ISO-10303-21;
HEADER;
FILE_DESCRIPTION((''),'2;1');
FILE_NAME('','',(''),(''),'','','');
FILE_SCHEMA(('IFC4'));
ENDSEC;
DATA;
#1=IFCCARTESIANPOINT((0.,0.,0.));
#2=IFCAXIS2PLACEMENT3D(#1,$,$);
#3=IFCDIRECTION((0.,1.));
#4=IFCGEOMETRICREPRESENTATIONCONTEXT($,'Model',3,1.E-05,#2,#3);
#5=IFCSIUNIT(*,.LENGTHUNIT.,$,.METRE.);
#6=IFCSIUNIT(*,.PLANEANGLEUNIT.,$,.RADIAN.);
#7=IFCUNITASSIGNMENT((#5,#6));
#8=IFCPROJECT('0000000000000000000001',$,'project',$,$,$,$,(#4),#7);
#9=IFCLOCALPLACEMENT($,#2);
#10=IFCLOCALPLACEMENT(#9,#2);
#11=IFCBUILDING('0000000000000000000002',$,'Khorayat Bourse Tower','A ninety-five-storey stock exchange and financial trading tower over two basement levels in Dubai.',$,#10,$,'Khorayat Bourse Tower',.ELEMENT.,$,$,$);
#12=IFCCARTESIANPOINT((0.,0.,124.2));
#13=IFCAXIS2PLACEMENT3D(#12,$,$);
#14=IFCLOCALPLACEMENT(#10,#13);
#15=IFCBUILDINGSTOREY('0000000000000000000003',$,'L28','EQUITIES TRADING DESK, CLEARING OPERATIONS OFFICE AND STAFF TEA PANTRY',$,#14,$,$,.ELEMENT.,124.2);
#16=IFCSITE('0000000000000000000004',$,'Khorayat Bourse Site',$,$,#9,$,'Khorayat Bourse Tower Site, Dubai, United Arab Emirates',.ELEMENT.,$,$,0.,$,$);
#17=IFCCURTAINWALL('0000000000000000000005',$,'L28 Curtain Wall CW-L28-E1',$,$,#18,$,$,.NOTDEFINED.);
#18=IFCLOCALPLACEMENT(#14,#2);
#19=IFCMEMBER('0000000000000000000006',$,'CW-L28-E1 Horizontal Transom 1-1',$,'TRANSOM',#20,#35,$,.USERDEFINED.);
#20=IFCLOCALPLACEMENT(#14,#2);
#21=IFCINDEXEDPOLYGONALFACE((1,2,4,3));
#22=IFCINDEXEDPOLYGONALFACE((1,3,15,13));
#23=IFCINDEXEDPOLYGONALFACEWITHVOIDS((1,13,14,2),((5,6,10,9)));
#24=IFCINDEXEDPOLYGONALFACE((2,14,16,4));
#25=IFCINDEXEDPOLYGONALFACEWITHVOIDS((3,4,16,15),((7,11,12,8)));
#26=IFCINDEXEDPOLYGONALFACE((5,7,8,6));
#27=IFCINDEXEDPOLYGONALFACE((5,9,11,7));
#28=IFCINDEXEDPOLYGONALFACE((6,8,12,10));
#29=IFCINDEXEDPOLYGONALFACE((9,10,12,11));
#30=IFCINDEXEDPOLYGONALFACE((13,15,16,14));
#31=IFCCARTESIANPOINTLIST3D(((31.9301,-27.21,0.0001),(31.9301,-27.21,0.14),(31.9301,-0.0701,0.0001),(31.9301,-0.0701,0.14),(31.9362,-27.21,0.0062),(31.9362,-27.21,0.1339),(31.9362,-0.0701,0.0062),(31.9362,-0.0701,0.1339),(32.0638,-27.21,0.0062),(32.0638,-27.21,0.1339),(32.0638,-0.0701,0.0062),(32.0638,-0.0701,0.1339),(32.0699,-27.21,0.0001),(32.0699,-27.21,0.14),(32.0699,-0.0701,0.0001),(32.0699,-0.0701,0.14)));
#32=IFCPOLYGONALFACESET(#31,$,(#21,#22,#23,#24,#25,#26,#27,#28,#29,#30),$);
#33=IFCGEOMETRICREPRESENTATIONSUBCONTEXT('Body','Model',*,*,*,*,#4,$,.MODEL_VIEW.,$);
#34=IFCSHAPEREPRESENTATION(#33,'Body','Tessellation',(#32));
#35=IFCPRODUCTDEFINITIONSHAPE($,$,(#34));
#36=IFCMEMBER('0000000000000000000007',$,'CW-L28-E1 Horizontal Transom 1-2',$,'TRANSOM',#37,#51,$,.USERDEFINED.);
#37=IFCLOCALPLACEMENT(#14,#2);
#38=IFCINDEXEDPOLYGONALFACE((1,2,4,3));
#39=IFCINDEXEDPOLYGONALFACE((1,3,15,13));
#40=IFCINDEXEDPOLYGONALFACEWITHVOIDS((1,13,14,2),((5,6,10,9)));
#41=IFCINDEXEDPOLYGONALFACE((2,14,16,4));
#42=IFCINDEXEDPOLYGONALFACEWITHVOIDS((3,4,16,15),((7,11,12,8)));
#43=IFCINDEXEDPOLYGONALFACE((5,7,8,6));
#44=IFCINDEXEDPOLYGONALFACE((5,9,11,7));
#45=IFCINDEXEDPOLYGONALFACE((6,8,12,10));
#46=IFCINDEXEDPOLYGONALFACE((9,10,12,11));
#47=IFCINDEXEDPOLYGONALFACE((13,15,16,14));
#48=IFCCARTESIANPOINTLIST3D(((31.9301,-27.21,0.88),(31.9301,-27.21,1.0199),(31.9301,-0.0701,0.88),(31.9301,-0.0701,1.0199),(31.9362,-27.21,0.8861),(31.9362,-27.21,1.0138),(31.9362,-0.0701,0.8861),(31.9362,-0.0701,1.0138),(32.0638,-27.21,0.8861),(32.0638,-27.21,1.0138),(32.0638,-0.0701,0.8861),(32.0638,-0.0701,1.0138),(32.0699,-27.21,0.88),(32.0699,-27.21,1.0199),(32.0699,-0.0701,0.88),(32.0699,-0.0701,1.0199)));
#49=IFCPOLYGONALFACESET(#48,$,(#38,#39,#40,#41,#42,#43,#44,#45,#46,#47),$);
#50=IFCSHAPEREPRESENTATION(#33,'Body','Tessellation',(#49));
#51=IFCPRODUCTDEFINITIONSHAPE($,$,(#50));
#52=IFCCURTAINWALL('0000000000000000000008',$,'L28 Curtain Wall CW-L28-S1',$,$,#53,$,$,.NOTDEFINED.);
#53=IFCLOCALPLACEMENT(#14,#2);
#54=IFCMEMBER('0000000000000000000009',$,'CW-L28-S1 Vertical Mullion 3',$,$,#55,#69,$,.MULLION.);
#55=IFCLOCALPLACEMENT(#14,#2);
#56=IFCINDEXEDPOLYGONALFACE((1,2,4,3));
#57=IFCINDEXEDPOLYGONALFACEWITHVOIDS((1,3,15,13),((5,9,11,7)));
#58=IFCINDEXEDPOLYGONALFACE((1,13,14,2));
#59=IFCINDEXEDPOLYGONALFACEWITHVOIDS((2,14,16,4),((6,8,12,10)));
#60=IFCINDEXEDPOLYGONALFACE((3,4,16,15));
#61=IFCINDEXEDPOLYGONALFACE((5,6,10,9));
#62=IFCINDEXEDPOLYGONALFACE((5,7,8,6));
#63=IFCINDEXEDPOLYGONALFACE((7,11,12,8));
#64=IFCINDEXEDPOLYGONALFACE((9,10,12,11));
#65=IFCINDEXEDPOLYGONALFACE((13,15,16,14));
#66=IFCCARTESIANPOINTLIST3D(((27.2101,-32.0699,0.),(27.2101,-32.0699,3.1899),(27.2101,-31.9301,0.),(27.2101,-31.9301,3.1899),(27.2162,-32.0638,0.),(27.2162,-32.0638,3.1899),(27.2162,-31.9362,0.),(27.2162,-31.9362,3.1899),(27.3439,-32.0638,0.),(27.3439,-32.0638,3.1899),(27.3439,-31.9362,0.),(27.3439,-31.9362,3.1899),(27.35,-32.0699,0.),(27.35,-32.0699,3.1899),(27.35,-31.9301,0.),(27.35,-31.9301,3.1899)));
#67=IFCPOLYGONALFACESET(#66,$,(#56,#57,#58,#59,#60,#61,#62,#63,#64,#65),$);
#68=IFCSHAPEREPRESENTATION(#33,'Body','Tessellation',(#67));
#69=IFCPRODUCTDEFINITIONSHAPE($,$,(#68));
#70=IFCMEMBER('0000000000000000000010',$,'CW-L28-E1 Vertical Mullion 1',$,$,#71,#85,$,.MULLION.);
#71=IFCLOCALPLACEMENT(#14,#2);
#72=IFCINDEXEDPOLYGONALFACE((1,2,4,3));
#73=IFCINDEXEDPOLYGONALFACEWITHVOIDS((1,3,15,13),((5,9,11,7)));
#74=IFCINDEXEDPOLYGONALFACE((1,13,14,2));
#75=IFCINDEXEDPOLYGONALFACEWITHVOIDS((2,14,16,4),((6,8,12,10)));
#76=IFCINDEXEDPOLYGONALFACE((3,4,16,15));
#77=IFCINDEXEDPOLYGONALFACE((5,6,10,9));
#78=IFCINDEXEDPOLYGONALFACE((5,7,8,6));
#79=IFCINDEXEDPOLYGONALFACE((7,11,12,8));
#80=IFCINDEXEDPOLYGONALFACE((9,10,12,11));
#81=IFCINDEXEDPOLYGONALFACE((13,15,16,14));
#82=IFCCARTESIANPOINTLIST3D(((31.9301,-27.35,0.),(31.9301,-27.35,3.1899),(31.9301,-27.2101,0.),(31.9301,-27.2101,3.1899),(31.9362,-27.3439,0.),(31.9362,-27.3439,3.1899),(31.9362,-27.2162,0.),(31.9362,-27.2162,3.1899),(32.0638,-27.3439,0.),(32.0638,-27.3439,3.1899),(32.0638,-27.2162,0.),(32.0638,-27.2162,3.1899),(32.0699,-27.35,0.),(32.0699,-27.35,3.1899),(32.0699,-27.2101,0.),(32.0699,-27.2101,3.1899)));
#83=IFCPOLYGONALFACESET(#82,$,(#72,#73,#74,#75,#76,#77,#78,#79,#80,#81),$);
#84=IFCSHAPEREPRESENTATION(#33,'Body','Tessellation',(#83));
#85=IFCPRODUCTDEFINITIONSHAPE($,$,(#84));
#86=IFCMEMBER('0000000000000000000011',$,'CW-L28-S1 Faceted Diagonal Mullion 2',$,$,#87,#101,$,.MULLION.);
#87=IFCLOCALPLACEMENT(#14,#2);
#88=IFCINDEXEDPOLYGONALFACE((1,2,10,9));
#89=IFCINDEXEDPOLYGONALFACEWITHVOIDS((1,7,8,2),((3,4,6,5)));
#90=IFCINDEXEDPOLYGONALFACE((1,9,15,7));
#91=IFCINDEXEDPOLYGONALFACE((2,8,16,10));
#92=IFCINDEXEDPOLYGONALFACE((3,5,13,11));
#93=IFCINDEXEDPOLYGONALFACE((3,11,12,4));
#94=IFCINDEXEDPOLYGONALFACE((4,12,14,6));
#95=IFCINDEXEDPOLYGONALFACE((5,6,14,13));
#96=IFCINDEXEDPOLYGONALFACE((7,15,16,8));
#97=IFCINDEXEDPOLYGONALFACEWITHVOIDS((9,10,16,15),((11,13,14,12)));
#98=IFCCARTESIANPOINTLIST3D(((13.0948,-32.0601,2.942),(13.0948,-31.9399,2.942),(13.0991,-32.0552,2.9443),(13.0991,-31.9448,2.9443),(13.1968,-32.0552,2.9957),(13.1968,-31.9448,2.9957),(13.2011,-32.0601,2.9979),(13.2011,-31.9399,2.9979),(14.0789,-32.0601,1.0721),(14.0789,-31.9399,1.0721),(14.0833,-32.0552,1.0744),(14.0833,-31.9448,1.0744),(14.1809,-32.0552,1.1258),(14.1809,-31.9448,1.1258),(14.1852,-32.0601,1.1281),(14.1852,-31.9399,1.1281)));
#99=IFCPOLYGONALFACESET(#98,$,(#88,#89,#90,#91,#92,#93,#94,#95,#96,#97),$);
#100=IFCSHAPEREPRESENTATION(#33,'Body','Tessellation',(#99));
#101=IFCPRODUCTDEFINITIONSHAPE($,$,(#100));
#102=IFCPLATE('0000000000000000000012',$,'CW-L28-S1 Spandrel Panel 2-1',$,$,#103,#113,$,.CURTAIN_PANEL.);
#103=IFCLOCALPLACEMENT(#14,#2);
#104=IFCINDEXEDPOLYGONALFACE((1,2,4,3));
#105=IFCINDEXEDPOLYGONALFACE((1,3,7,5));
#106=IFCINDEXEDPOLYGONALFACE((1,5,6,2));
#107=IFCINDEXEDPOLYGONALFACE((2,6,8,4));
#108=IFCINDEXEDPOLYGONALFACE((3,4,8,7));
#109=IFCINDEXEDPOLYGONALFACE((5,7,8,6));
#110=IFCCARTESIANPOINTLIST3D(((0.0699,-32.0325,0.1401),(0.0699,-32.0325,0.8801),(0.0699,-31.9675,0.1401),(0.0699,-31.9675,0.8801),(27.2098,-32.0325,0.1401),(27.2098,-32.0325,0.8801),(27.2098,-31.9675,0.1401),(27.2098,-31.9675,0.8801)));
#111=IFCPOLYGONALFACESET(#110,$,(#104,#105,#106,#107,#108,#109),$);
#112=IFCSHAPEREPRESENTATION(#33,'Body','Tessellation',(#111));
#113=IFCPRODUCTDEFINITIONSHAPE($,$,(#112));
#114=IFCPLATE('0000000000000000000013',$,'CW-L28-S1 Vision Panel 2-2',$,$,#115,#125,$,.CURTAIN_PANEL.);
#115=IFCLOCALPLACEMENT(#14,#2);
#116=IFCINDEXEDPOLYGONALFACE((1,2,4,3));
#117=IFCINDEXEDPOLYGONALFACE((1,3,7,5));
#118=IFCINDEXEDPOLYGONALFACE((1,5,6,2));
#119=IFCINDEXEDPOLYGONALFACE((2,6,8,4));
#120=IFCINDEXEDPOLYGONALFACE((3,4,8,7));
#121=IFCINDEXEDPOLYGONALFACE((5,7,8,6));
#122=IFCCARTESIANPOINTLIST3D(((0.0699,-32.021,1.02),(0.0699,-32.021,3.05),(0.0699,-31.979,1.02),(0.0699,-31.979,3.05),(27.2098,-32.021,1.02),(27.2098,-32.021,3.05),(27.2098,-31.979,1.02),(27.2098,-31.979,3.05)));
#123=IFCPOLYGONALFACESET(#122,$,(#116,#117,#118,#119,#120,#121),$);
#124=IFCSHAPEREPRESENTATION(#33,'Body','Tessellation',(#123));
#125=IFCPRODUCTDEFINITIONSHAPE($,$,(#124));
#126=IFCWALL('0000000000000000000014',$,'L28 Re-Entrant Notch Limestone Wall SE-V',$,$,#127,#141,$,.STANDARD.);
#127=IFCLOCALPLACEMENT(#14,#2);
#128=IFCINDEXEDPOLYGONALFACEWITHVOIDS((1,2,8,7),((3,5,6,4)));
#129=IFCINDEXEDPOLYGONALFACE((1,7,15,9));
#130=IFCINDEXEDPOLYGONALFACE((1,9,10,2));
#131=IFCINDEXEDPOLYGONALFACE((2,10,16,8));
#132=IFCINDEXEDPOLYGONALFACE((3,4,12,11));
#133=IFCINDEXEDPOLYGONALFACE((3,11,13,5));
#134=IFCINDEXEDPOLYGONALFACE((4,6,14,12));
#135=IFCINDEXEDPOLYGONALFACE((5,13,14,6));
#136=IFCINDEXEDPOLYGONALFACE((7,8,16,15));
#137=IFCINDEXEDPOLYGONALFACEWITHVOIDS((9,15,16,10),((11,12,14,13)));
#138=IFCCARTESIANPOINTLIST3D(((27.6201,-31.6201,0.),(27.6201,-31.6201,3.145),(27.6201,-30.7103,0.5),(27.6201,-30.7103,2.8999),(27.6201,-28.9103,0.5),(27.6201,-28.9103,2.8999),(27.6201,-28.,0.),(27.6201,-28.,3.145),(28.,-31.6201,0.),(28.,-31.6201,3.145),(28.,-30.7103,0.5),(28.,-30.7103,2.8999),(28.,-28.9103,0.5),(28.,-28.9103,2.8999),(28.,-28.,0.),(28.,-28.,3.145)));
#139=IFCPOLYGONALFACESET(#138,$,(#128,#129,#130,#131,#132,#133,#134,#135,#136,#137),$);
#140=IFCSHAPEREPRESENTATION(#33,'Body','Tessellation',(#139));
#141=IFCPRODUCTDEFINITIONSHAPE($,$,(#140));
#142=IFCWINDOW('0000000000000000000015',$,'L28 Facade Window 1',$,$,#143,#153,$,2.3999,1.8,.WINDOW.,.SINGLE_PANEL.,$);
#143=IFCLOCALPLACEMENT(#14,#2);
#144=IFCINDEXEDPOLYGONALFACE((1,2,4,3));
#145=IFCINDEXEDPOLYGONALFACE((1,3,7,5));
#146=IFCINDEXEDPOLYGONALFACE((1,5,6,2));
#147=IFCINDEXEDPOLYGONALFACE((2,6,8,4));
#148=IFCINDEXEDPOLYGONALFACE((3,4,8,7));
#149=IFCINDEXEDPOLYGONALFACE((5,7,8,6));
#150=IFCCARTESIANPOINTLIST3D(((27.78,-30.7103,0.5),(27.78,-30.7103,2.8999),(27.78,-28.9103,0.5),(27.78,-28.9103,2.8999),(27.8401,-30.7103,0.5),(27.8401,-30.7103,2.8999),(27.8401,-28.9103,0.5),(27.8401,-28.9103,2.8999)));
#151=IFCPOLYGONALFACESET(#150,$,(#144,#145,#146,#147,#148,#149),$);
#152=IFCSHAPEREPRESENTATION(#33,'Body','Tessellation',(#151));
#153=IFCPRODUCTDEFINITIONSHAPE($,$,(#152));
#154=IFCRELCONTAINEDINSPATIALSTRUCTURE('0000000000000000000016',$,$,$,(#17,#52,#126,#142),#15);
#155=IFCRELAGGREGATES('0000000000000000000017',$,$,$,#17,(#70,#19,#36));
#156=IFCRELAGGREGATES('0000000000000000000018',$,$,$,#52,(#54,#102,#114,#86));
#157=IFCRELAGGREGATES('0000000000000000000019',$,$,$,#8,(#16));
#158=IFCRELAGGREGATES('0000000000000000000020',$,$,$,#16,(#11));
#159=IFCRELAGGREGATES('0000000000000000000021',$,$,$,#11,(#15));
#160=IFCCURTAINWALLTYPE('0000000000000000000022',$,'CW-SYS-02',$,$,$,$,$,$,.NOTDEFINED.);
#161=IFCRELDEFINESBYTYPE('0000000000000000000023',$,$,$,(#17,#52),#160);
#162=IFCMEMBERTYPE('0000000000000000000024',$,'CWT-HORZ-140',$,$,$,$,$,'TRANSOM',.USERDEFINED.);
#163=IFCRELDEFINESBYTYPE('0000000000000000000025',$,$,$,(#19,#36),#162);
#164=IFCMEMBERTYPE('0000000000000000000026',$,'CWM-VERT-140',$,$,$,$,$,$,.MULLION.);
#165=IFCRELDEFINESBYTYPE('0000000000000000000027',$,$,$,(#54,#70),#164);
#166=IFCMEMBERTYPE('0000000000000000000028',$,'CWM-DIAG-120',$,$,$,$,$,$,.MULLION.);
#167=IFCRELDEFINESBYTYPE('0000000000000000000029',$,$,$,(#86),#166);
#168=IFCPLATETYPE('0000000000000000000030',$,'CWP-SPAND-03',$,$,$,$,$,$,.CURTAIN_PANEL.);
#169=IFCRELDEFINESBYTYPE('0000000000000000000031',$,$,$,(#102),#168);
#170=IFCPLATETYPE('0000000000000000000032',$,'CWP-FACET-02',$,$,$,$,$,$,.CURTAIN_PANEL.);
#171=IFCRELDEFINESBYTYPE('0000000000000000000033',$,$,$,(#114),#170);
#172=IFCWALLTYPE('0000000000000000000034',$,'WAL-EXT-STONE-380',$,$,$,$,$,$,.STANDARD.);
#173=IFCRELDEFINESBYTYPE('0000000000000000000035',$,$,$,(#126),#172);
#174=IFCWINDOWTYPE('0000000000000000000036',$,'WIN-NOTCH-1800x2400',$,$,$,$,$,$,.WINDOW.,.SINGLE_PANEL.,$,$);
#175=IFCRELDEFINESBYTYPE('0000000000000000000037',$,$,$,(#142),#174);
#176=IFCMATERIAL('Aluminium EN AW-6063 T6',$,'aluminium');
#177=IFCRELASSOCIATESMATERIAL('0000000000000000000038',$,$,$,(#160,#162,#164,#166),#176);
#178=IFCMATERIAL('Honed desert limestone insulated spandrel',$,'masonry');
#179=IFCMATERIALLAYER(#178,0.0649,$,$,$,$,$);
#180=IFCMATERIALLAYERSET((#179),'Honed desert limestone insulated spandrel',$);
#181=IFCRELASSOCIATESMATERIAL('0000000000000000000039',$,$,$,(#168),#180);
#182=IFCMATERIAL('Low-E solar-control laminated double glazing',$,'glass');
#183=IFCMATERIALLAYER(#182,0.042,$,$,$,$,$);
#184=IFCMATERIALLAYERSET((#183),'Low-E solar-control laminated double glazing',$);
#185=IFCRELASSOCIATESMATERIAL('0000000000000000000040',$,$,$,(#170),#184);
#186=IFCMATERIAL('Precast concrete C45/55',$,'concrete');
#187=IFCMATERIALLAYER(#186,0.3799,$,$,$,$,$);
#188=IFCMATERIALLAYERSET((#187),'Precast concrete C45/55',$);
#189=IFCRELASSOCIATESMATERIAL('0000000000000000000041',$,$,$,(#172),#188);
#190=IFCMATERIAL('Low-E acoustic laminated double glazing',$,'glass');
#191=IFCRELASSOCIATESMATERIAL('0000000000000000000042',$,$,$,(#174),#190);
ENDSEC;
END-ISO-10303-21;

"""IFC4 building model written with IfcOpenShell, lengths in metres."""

from ifc_helpers import new_model, si_unit, direction, frame, frame_2d, origin, origin_2d, place, context, subcontext, project, spatial, rectangle, hollow_rectangle, extrude, source, transform, mapped, material, layer, layer_set, material_profile, profile_set, type_object, element, fill, aggregate, save


model = new_model("IFC4")

# Units and contexts
model_context = context("Model", 3, precision=1e-05, world=origin(), true_north=direction((0.0, 1.0)))
body_context = subcontext(model_context, "Body", "Model", "MODEL_VIEW")
ifc_project = project(units=[si_unit("LENGTHUNIT", "METRE"), si_unit("PLANEANGLEUNIT", "RADIAN")], contexts=[model_context])

# Site, building, storey
site_placement = place(None, origin())
site = spatial("IfcSite", under=ifc_project, at=site_placement, Name="Khorayat Bourse Site", LongName="Khorayat Bourse Tower Site, Dubai, United Arab Emirates", CompositionType="ELEMENT", RefElevation=0.0)
building_placement = place(site_placement, origin())
building = spatial("IfcBuilding", under=site, at=building_placement, Name="Khorayat Bourse Tower", Description="A ninety-five-storey stock exchange and financial trading tower over two basement levels in Dubai.", LongName="Khorayat Bourse Tower", CompositionType="ELEMENT")
storey_placement = place(building_placement, frame((0.0, 0.0, 124.2)))
storey = spatial("IfcBuildingStorey", under=building, at=storey_placement, Name="L28", Description="EQUITIES TRADING DESK, CLEARING OPERATIONS OFFICE AND STAFF TEA PANTRY", CompositionType="ELEMENT", Elevation=124.2)

# Curtain wall, members
ifc_material_1 = material(Name="Aluminium EN AW-6063 T6", Category="aluminium")
curtain_wall_type = type_object("IfcCurtainWallType", Name="CW-SYS-02", PredefinedType="NOTDEFINED", material=ifc_material_1)
curtain_wall_1_placement = place(storey_placement, origin())
curtain_wall_1 = element("IfcCurtainWall", 1, at=curtain_wall_1_placement, inside=storey, type_object=curtain_wall_type, Name="L28 Curtain Wall CW-L28-E1", PredefinedType="NOTDEFINED")
ifc_material_profile_1 = material_profile(ifc_material_1, hollow_rectangle(XDim=0.1399, YDim=0.1399, WallThickness=0.0061, at=origin_2d()), Name="ALU 140x140x6")
ifc_profile_set_1 = profile_set([ifc_material_profile_1], Name="Aluminium EN AW-6063 T6")
member_type_1 = type_object("IfcMemberType", Name="CWT-HORZ-140", ElementType="TRANSOM", PredefinedType="USERDEFINED", material=ifc_profile_set_1)
shared_shape_1 = source(origin(), body_context, "Body", "SweptSolid", [
    extrude(hollow_rectangle(XDim=0.1399, YDim=0.1399, WallThickness=0.0061, at=origin_2d()), origin(), (0.0, 0.0, 1.0), 27.1399),
])
member_1_placement = place(storey_placement, frame((32.0, -27.21, 0.0701), z_axis=(0.0, 1.0, 0.0), x_axis=(-1.0, 0.0, 0.0)))
member_1 = element("IfcMember", 2, at=member_1_placement, type_object=member_type_1, Name="CW-L28-E1 Horizontal Transom 1-1", ObjectType="TRANSOM", PredefinedType="USERDEFINED", context=body_context, shape_type="MappedRepresentation", body=[
    mapped(shared_shape_1, transform((0.0, 0.0, 0.0), scale=1.0)),
])
member_2_placement = place(storey_placement, frame((32.0, -27.21, 0.95), z_axis=(0.0, 1.0, 0.0), x_axis=(-1.0, 0.0, 0.0)))
member_2 = element("IfcMember", 3, at=member_2_placement, type_object=member_type_1, Name="CW-L28-E1 Horizontal Transom 1-2", ObjectType="TRANSOM", PredefinedType="USERDEFINED", context=body_context, shape_type="MappedRepresentation", body=[
    mapped(shared_shape_1, transform((0.0, 0.0, 0.0), scale=1.0)),
])

# Curtain wall, member
curtain_wall_2_placement = place(storey_placement, origin())
curtain_wall_2 = element("IfcCurtainWall", 4, at=curtain_wall_2_placement, inside=storey, type_object=curtain_wall_type, Name="L28 Curtain Wall CW-L28-S1", PredefinedType="NOTDEFINED")
ifc_material_profile_2 = material_profile(ifc_material_1, hollow_rectangle(XDim=0.1399, YDim=0.1399, WallThickness=0.0061, at=origin_2d()), Name="ALU 140x140x6")
ifc_profile_set_2 = profile_set([ifc_material_profile_2], Name="Aluminium EN AW-6063 T6")
member_type_2 = type_object("IfcMemberType", Name="CWM-VERT-140", PredefinedType="MULLION", material=ifc_profile_set_2)
shared_shape_2 = source(origin(), body_context, "Body", "SweptSolid", [
    extrude(hollow_rectangle(XDim=0.1399, YDim=0.1399, WallThickness=0.0061, at=origin_2d()), origin(), (0.0, 0.0, 1.0), 3.1899),
])
member_3_placement = place(storey_placement, frame((27.28, -32.0, 0.0), z_axis=(0.0, 0.0, 1.0), x_axis=(0.0, 1.0, 0.0)))
member_3 = element("IfcMember", 5, at=member_3_placement, type_object=member_type_2, Name="CW-L28-S1 Vertical Mullion 3", PredefinedType="MULLION", context=body_context, shape_type="MappedRepresentation", body=[
    mapped(shared_shape_2, transform((0.0, 0.0, 0.0), scale=1.0)),
])

# Members
member_4_placement = place(storey_placement, frame((32.0, -27.28, 0.0), z_axis=(0.0, 0.0, 1.0), x_axis=(-1.0, 0.0, 0.0)))
member_4 = element("IfcMember", 6, at=member_4_placement, type_object=member_type_2, Name="CW-L28-E1 Vertical Mullion 1", PredefinedType="MULLION", context=body_context, shape_type="MappedRepresentation", body=[
    mapped(shared_shape_2, transform((0.0, 0.0, 0.0), scale=1.0)),
])
aggregate(curtain_wall_1, [member_4, member_1, member_2])
ifc_material_profile_3 = material_profile(ifc_material_1, hollow_rectangle(XDim=0.1201, YDim=0.1201, WallThickness=0.0049, at=origin_2d()), Name="ALU 120x120x5")
ifc_profile_set_3 = profile_set([ifc_material_profile_3], Name="Aluminium EN AW-6063 T6")
member_type_3 = type_object("IfcMemberType", Name="CWM-DIAG-120", PredefinedType="MULLION", material=ifc_profile_set_3)
shared_shape_3 = source(origin(), body_context, "Body", "SweptSolid", [
    extrude(hollow_rectangle(XDim=0.1201, YDim=0.1201, WallThickness=0.0049, at=origin_2d()), origin(), (0.0, 0.0, 1.0), 2.113),
])
member_5_placement = place(storey_placement, frame((14.1321, -32.0, 1.1001), z_axis=(-0.465742, 0.0, 0.884921), x_axis=(0.0, -1.0, 0.0)))
member_5 = element("IfcMember", 7, at=member_5_placement, type_object=member_type_3, Name="CW-L28-S1 Faceted Diagonal Mullion 2", PredefinedType="MULLION", context=body_context, shape_type="MappedRepresentation", body=[
    mapped(shared_shape_3, transform((0.0, 0.0, 0.0), scale=1.0)),
])

# Plates
ifc_material_2 = material(Name="Honed desert limestone insulated spandrel", Category="masonry")
ifc_layer_1 = layer(ifc_material_2, 0.0649)
ifc_layer_set_1 = layer_set([ifc_layer_1], Name="Honed desert limestone insulated spandrel")
plate_type_1 = type_object("IfcPlateType", Name="CWP-SPAND-03", PredefinedType="CURTAIN_PANEL", material=ifc_layer_set_1)
shared_shape_4 = source(origin(), body_context, "Body", "SweptSolid", [
    extrude(rectangle(XDim=27.1399, YDim=0.0649, at=origin_2d()), origin(), (0.0, 0.0, 1.0), 0.74),
])
plate_1_placement = place(storey_placement, frame((13.6399, -32.0, 0.1401), z_axis=(0.0, 0.0, 1.0), x_axis=(1.0, 0.0, 0.0)))
plate_1 = element("IfcPlate", 8, at=plate_1_placement, type_object=plate_type_1, Name="CW-L28-S1 Spandrel Panel 2-1", PredefinedType="CURTAIN_PANEL", context=body_context, shape_type="MappedRepresentation", body=[
    mapped(shared_shape_4, transform((0.0, 0.0, 0.0), scale=1.0)),
])
ifc_material_3 = material(Name="Low-E solar-control laminated double glazing", Category="glass")
ifc_layer_2 = layer(ifc_material_3, 0.042)
ifc_layer_set_2 = layer_set([ifc_layer_2], Name="Low-E solar-control laminated double glazing")
plate_type_2 = type_object("IfcPlateType", Name="CWP-FACET-02", PredefinedType="CURTAIN_PANEL", material=ifc_layer_set_2)
shared_shape_5 = source(origin(), body_context, "Body", "SweptSolid", [
    extrude(rectangle(XDim=27.1399, YDim=0.042, at=origin_2d()), origin(), (0.0, 0.0, 1.0), 2.03),
])
plate_2_placement = place(storey_placement, frame((13.6399, -32.0, 1.02), z_axis=(0.0, 0.0, 1.0), x_axis=(1.0, 0.0, 0.0)))
plate_2 = element("IfcPlate", 9, at=plate_2_placement, type_object=plate_type_2, Name="CW-L28-S1 Vision Panel 2-2", PredefinedType="CURTAIN_PANEL", context=body_context, shape_type="MappedRepresentation", body=[
    mapped(shared_shape_5, transform((0.0, 0.0, 0.0), scale=1.0)),
])
aggregate(curtain_wall_2, [member_3, plate_1, plate_2, member_5])

# Wall, opening, window
ifc_material_4 = material(Name="Precast concrete C45/55", Category="concrete")
ifc_layer_3 = layer(ifc_material_4, 0.3799)
ifc_layer_set_3 = layer_set([ifc_layer_3], Name="Precast concrete C45/55")
wall_type_1 = type_object("IfcWallType", Name="WAL-EXT-STONE-380", PredefinedType="STANDARD", material=ifc_layer_set_3)
shared_shape_6 = source(origin(), body_context, "Body", "SweptSolid", [
    extrude(rectangle(XDim=3.6201, YDim=0.3799, at=frame_2d((1.8101, 0.0))), origin(), (0.0, 0.0, 1.0), 3.145),
])
wall_1_placement = place(storey_placement, frame((27.8101, -31.6201, 0.0), z_axis=(0.0, 0.0, 1.0), x_axis=(0.0, 1.0, 0.0)))
wall_1 = element("IfcWall", 10, at=wall_1_placement, inside=storey, type_object=wall_type_1, Name="L28 Re-Entrant Notch Limestone Wall SE-V", PredefinedType="STANDARD", context=body_context, shape_type="MappedRepresentation", body=[
    mapped(shared_shape_6, transform((0.0, 0.0, 0.0), scale=1.0)),
])
shared_shape_7 = source(origin(), body_context, "Body", "SweptSolid", [
    extrude(rectangle(XDim=1.8, YDim=2.3999, at=frame_2d((0.8999, 1.2))), frame((0.0, 0.2, 0.0), z_axis=(0.0, -1.0, 0.0), x_axis=(1.0, 0.0, 0.0)), (0.0, 0.0, 1.0), 0.3999),
])
opening_1_placement = place(wall_1_placement, frame((0.9099, 0.0, 0.5)))
opening_1 = element("IfcOpeningElement", 11, at=opening_1_placement, cuts=wall_1, PredefinedType="OPENING", context=body_context, shape_type="MappedRepresentation", body=[
    mapped(shared_shape_7, transform((0.0, 0.0, 0.0), scale=1.0)),
])
ifc_material_5 = material(Name="Low-E acoustic laminated double glazing", Category="glass")
window_type = type_object("IfcWindowType", Name="WIN-NOTCH-1800x2400", PartitioningType="SINGLE_PANEL", PredefinedType="WINDOW", material=ifc_material_5)
shared_shape_8 = source(origin(), body_context, "Body", "SweptSolid", [
    extrude(rectangle(XDim=1.8, YDim=2.3999, at=frame_2d((0.8999, 1.2))), frame((0.0, 0.03, 0.0), z_axis=(0.0, -1.0, 0.0), x_axis=(1.0, 0.0, 0.0)), (0.0, 0.0, 1.0), 0.0601),
])
window_1_placement = place(opening_1_placement, origin())
window_1 = element("IfcWindow", 12, at=window_1_placement, inside=storey, type_object=window_type, Name="L28 Facade Window 1", OverallHeight=2.3999, OverallWidth=1.8, PartitioningType="SINGLE_PANEL", PredefinedType="WINDOW", context=body_context, shape_type="MappedRepresentation", body=[
    mapped(shared_shape_8, transform((0.0, 0.0, 0.0), scale=1.0)),
])
fill(opening_1, window_1)

save(model, "model.ifc")
